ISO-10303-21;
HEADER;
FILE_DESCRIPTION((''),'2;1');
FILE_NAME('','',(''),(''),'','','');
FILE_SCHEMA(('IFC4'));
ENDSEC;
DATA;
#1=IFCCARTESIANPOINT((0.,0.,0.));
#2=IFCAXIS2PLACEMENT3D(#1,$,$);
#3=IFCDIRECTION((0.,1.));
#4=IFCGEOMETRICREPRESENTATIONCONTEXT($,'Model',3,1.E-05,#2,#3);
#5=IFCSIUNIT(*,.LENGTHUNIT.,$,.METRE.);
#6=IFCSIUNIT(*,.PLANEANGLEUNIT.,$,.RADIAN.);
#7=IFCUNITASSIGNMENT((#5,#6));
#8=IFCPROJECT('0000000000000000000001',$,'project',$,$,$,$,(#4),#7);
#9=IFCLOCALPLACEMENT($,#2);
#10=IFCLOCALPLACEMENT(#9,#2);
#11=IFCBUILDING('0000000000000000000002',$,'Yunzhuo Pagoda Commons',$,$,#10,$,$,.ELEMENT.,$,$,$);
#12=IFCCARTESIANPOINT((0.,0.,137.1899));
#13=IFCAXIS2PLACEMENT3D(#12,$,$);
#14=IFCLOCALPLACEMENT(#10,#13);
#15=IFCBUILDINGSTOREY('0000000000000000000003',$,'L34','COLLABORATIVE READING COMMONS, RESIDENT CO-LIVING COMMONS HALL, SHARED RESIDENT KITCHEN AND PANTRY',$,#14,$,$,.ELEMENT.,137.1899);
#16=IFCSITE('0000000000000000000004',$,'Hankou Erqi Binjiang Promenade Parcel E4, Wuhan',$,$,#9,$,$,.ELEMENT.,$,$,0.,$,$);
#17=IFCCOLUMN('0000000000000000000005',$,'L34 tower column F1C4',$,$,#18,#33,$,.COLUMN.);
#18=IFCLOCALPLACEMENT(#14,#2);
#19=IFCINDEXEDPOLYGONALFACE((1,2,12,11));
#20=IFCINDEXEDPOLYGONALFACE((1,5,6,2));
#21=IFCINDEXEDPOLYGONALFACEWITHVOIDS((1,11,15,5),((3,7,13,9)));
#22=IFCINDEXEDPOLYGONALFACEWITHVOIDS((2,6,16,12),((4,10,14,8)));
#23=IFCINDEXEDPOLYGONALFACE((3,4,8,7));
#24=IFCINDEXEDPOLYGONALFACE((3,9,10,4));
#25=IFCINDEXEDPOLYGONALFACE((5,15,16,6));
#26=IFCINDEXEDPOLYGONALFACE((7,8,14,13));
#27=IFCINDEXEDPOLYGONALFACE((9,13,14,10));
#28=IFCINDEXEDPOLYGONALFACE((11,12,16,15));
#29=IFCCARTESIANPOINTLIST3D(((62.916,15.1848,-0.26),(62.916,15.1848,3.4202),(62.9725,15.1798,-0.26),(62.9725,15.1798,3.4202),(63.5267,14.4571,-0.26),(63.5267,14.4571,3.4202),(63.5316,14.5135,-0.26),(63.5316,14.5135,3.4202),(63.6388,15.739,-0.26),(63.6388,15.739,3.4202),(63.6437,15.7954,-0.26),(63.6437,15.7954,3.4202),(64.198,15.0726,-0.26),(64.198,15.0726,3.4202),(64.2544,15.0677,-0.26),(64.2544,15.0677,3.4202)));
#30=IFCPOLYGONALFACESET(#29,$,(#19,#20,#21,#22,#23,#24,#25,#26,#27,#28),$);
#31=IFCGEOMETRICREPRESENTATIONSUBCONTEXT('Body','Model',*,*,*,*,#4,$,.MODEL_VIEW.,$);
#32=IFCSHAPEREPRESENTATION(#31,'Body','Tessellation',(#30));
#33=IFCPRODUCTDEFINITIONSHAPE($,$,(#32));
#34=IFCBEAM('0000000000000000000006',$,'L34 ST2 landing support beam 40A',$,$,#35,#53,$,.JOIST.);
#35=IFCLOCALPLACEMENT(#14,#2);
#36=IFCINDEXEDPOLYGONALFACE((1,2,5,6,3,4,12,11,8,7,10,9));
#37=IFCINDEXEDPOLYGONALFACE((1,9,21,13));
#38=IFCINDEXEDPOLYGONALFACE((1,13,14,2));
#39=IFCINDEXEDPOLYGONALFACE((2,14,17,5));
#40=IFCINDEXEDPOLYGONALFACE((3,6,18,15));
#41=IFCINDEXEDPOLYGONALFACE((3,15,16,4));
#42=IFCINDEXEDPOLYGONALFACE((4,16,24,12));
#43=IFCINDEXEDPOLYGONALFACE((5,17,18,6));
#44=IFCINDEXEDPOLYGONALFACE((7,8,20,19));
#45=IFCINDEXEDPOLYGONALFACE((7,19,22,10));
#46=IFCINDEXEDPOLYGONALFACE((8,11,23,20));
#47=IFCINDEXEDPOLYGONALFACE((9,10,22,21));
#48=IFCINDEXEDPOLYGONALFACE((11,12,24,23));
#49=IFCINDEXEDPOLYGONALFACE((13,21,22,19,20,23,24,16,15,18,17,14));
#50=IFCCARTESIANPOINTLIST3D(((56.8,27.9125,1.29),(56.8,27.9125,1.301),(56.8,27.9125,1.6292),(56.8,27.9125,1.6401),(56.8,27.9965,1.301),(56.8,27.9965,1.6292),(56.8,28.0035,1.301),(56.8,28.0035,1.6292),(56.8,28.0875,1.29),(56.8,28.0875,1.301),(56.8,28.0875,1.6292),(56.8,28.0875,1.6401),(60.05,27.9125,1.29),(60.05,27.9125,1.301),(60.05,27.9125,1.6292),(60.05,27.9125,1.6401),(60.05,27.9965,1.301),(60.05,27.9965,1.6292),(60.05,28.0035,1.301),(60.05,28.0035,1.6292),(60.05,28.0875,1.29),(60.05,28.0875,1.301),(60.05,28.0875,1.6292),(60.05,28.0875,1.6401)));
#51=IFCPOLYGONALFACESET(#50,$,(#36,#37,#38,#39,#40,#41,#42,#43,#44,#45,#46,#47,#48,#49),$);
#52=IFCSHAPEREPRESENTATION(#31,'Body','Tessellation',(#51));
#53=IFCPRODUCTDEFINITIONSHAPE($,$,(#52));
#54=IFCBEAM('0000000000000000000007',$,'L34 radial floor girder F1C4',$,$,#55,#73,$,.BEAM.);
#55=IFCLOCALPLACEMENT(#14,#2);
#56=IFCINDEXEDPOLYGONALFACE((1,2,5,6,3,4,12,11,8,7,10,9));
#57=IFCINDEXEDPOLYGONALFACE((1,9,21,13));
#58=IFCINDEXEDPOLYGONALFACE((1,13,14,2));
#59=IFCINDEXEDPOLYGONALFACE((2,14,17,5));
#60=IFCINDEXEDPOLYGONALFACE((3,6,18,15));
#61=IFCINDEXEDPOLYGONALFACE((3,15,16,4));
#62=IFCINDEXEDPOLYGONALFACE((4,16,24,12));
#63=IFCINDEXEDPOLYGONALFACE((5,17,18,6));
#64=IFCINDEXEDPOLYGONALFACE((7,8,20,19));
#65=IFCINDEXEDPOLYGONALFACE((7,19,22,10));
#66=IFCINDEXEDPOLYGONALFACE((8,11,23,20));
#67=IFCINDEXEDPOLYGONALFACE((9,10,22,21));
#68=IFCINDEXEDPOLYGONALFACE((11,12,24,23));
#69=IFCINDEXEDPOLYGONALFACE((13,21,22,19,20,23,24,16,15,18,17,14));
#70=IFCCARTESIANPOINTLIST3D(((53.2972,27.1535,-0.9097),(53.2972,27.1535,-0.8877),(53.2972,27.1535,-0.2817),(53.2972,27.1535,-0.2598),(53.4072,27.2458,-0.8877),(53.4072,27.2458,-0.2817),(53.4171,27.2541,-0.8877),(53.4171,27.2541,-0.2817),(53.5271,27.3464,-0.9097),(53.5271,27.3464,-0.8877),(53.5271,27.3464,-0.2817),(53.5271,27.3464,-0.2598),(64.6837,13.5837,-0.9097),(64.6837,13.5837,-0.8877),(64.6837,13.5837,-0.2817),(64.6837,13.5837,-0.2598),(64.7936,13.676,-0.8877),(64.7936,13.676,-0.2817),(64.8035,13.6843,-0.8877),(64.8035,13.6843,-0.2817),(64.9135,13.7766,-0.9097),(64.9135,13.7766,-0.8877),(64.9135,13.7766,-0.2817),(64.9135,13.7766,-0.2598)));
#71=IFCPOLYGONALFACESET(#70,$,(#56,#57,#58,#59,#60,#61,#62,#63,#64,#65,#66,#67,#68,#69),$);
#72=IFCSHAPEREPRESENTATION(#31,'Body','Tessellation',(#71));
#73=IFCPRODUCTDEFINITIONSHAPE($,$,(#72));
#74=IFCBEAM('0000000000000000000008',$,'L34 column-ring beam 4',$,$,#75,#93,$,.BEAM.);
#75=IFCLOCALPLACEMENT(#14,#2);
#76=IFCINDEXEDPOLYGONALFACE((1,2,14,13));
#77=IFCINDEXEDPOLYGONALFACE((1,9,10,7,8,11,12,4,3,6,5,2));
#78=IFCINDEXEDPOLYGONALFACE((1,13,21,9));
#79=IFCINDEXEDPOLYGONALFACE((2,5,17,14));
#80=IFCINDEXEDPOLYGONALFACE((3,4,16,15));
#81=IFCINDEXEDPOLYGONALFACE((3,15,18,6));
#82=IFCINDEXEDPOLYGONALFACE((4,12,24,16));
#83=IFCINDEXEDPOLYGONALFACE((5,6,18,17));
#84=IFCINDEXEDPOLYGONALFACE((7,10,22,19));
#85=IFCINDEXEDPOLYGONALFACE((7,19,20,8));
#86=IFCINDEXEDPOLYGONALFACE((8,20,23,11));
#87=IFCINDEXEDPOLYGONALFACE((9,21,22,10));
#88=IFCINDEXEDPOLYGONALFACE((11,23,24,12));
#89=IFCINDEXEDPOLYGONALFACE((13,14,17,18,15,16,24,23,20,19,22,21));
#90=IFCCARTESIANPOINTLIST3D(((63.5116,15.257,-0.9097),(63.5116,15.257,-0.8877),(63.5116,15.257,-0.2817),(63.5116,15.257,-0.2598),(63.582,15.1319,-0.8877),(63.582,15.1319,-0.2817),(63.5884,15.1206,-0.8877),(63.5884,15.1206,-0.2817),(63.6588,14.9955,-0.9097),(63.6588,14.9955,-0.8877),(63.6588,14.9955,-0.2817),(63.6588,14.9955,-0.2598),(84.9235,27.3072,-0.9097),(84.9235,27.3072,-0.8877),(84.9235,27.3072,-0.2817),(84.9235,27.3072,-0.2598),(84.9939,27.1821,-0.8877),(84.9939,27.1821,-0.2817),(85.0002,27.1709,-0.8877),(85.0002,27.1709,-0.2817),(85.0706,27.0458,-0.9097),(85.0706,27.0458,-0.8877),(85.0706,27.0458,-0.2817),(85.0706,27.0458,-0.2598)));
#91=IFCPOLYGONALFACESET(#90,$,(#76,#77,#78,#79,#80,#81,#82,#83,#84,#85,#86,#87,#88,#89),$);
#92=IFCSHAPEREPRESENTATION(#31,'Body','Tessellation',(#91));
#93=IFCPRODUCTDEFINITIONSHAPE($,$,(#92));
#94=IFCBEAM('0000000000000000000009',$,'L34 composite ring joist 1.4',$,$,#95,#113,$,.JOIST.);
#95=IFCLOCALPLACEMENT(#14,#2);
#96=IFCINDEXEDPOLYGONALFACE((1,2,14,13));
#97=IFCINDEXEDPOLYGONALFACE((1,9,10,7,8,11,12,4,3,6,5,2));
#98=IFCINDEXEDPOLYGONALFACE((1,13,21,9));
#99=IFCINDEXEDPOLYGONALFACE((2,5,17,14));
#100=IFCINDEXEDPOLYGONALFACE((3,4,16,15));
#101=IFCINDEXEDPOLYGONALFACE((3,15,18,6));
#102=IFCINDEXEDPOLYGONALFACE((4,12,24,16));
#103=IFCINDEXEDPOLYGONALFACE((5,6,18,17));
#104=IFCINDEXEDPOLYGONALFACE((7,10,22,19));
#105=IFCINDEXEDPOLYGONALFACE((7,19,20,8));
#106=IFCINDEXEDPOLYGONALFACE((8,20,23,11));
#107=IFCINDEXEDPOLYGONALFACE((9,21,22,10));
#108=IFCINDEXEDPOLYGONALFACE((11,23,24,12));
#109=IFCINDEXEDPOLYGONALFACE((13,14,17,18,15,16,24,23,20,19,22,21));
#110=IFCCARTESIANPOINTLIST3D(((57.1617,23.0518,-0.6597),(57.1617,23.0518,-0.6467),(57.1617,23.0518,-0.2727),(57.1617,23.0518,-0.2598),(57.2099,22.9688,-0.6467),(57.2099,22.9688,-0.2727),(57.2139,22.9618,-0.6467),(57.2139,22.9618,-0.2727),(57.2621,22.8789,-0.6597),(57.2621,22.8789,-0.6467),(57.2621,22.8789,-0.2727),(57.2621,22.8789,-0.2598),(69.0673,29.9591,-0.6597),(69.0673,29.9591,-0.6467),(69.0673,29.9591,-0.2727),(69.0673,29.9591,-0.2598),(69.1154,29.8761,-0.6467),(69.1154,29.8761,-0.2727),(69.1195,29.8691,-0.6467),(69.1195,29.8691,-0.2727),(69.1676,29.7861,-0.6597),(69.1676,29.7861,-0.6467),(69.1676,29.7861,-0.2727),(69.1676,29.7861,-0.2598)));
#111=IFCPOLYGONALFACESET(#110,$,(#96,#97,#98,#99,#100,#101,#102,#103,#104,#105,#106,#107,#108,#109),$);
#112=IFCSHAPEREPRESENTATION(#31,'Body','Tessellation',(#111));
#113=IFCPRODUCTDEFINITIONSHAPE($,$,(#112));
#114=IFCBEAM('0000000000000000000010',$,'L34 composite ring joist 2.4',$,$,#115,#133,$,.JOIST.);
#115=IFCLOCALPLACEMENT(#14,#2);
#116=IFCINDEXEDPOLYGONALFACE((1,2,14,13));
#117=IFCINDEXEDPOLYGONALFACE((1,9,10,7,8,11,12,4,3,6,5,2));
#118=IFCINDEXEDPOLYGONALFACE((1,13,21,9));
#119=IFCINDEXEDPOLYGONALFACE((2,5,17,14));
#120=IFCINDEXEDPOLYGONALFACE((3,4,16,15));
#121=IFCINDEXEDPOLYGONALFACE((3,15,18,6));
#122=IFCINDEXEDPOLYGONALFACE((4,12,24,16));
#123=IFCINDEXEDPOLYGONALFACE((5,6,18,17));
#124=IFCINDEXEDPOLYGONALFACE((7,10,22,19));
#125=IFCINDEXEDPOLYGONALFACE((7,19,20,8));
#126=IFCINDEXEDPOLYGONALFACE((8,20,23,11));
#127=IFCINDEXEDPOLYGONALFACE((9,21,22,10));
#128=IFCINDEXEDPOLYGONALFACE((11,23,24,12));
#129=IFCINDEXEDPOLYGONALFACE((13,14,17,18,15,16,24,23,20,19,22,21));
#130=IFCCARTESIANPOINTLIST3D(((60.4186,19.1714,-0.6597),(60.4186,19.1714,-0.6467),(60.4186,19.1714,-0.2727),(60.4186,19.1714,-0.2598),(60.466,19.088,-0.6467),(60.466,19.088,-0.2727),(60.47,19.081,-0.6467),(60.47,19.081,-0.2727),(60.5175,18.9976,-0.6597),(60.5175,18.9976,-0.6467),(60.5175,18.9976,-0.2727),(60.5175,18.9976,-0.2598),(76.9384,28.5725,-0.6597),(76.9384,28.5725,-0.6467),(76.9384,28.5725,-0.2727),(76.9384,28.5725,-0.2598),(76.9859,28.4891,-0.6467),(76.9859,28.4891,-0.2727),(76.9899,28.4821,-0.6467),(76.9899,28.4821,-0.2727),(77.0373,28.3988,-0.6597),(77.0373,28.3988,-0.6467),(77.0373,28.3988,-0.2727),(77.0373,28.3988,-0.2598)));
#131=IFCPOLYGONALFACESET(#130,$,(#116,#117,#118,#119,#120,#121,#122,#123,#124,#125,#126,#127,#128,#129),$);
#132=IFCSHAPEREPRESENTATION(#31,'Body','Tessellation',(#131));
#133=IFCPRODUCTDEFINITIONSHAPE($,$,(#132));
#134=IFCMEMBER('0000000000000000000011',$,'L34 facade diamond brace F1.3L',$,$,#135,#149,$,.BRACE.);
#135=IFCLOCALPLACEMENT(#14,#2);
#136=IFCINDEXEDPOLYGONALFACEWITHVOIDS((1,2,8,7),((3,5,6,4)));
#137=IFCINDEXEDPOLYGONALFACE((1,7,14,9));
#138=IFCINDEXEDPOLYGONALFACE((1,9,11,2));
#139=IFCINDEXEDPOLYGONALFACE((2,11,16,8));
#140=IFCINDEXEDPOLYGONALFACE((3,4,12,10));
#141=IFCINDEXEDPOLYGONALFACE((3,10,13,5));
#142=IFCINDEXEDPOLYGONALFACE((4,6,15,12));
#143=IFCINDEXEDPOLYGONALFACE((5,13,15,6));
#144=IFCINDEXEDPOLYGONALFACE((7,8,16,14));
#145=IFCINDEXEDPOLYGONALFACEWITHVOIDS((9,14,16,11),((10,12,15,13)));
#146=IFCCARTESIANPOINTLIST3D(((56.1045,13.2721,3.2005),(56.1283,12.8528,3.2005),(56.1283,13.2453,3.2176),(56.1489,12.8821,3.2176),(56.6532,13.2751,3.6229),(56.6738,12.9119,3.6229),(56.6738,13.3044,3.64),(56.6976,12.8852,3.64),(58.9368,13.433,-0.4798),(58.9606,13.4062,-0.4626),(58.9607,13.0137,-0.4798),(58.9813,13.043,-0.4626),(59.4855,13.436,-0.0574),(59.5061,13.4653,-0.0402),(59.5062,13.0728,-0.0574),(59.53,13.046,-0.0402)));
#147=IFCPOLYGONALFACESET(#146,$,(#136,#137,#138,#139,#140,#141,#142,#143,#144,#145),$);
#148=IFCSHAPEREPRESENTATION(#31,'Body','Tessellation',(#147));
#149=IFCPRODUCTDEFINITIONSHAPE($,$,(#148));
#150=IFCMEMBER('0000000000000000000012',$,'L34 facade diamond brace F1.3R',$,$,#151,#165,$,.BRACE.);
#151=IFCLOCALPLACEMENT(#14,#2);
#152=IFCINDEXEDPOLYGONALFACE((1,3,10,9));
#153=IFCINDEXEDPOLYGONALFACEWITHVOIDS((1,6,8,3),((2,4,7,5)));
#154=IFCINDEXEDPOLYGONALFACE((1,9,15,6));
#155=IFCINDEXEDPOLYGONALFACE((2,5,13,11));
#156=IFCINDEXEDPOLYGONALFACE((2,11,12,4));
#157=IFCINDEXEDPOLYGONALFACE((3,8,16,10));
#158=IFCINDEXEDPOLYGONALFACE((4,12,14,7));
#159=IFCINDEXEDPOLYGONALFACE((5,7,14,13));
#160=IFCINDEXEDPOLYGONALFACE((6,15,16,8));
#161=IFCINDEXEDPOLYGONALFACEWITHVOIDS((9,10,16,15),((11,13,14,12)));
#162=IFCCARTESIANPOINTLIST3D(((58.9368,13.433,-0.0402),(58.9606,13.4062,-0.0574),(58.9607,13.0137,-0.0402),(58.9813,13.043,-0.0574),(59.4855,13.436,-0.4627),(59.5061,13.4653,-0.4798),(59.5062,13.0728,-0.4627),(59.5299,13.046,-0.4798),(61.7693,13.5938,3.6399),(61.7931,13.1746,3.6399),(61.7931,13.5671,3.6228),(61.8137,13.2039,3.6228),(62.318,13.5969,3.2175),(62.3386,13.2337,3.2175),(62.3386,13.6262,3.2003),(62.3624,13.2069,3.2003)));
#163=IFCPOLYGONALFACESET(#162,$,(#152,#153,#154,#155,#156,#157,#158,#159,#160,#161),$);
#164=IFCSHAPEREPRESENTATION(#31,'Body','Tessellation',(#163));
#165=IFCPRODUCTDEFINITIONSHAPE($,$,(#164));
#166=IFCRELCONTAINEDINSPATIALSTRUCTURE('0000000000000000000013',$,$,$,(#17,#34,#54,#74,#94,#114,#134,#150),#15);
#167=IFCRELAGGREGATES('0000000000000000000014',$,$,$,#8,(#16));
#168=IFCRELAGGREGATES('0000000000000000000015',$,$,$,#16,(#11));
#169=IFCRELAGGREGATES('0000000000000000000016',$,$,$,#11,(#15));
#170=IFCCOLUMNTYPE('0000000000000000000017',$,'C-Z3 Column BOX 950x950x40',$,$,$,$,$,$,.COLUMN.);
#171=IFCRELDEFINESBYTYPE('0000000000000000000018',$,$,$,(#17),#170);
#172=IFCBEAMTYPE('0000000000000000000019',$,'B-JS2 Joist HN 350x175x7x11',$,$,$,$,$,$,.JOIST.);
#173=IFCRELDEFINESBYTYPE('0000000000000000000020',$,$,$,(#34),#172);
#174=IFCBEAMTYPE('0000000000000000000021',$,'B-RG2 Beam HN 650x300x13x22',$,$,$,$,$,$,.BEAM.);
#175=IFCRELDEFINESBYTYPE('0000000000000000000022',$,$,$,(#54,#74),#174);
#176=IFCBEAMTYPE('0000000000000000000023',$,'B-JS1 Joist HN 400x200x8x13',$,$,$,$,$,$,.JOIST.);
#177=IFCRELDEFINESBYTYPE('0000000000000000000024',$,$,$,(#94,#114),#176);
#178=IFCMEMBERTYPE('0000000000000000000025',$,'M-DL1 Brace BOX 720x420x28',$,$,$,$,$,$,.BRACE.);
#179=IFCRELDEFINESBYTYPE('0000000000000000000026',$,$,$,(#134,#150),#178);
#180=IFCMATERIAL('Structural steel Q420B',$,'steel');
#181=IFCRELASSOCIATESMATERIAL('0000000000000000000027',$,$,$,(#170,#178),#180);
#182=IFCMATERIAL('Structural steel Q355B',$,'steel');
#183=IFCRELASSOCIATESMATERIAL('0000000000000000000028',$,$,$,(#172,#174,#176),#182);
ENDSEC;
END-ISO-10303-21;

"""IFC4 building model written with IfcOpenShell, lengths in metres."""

from ifc_helpers import new_model, si_unit, direction, frame, origin, origin_2d, place, context, subcontext, project, spatial, hollow_rectangle, i_section, extrude, source, transform, mapped, material, material_profile, profile_set, type_object, element, save


model = new_model("IFC4")

# Units and contexts
model_context = context("Model", 3, precision=1e-05, world=origin(), true_north=direction((0.0, 1.0)))
body_context = subcontext(model_context, "Body", "Model", "MODEL_VIEW")
ifc_project = project(units=[si_unit("LENGTHUNIT", "METRE"), si_unit("PLANEANGLEUNIT", "RADIAN")], contexts=[model_context])

# Site, building, storey
site_placement = place(None, origin())
site = spatial("IfcSite", under=ifc_project, at=site_placement, Name="Hankou Erqi Binjiang Promenade Parcel E4, Wuhan", CompositionType="ELEMENT", RefElevation=0.0)
building_placement = place(site_placement, origin())
building = spatial("IfcBuilding", under=site, at=building_placement, Name="Yunzhuo Pagoda Commons", CompositionType="ELEMENT")
storey_placement = place(building_placement, frame((0.0, 0.0, 137.1899)))
storey = spatial("IfcBuildingStorey", under=building, at=storey_placement, Name="L34", Description="COLLABORATIVE READING COMMONS, RESIDENT CO-LIVING COMMONS HALL, SHARED RESIDENT KITCHEN AND PANTRY", CompositionType="ELEMENT", Elevation=137.1899)

# Column
ifc_material_1 = material(Name="Structural steel Q420B", Category="steel")
ifc_material_profile_1 = material_profile(ifc_material_1, hollow_rectangle(XDim=0.95, YDim=0.95, WallThickness=0.04, at=origin_2d()), Name="Structural steel Q420B")
ifc_profile_set_1 = profile_set([ifc_material_profile_1], Name="Structural steel Q420B")
column_type = type_object("IfcColumnType", Name="C-Z3 Column BOX 950x950x40", PredefinedType="COLUMN", material=ifc_profile_set_1)
shared_shape_1 = source(origin(), body_context, "Body", "SweptSolid", [
    extrude(hollow_rectangle(XDim=0.95, YDim=0.95, WallThickness=0.04, at=origin_2d()), origin(), (0.0, 0.0, 1.0), 3.6802),
])
column_placement = place(storey_placement, frame((63.5852, 15.1262, -0.26), z_axis=(0.0, 0.0, 1.0), x_axis=(0.766044, 0.642788, 0.0)))
element("IfcColumn", 1, at=column_placement, inside=storey, type_object=column_type, Name="L34 tower column F1C4", PredefinedType="COLUMN", context=body_context, shape_type="MappedRepresentation", body=[
    mapped(shared_shape_1, transform((0.0, 0.0, 0.0), scale=1.0)),
])

# Beams
ifc_material_2 = material(Name="Structural steel Q355B", Category="steel")
ifc_material_profile_2 = material_profile(ifc_material_2, i_section(OverallWidth=0.175, OverallDepth=0.3501, WebThickness=0.0071, FlangeThickness=0.011, at=origin_2d()), Name="Structural steel Q355B")
ifc_profile_set_2 = profile_set([ifc_material_profile_2], Name="Structural steel Q355B")
beam_type_1 = type_object("IfcBeamType", Name="B-JS2 Joist HN 350x175x7x11", PredefinedType="JOIST", material=ifc_profile_set_2)
shared_shape_2 = source(origin(), body_context, "Body", "SweptSolid", [
    extrude(i_section(OverallWidth=0.175, OverallDepth=0.3501, WebThickness=0.0071, FlangeThickness=0.011, at=origin_2d()), origin(), (0.0, 0.0, 1.0), 3.25),
])
beam_1_placement = place(storey_placement, frame((56.8, 28.0, 1.4651), z_axis=(1.0, 0.0, 0.0), x_axis=(0.0, 1.0, 0.0)))
element("IfcBeam", 2, at=beam_1_placement, inside=storey, type_object=beam_type_1, Name="L34 ST2 landing support beam 40A", PredefinedType="JOIST", context=body_context, shape_type="MappedRepresentation", body=[
    mapped(shared_shape_2, transform((0.0, 0.0, 0.0), scale=1.0)),
])
ifc_material_profile_3 = material_profile(ifc_material_2, i_section(OverallWidth=0.3, OverallDepth=0.6499, WebThickness=0.0129, FlangeThickness=0.022, at=origin_2d()), Name="Structural steel Q355B")
ifc_profile_set_3 = profile_set([ifc_material_profile_3], Name="Structural steel Q355B")
beam_type_2 = type_object("IfcBeamType", Name="B-RG2 Beam HN 650x300x13x22", PredefinedType="BEAM", material=ifc_profile_set_3)
shared_shape_3 = source(origin(), body_context, "Body", "SweptSolid", [
    extrude(i_section(OverallWidth=0.3, OverallDepth=0.6499, WebThickness=0.0129, FlangeThickness=0.022, at=origin_2d()), origin(), (0.0, 0.0, 1.0), 17.7141),
])
beam_2_placement = place(storey_placement, frame((64.7986, 13.6802, -0.5847), z_axis=(-0.642789, 0.766043, 0.0), x_axis=(-0.766043, -0.642789, 0.0)))
element("IfcBeam", 3, at=beam_2_placement, inside=storey, type_object=beam_type_2, Name="L34 radial floor girder F1C4", PredefinedType="BEAM", context=body_context, shape_type="MappedRepresentation", body=[
    mapped(shared_shape_3, transform((0.0, 0.0, 0.0), scale=1.0)),
])
shared_shape_4 = source(origin(), body_context, "Body", "SweptSolid", [
    extrude(i_section(OverallWidth=0.3, OverallDepth=0.6499, WebThickness=0.0129, FlangeThickness=0.022, at=origin_2d()), origin(), (0.0, 0.0, 1.0), 24.5698),
])
beam_3_placement = place(storey_placement, frame((63.5852, 15.1262, -0.5847), z_axis=(0.871469, 0.49045, 0.0), x_axis=(-0.49045, 0.871469, 0.0)))
element("IfcBeam", 4, at=beam_3_placement, inside=storey, type_object=beam_type_2, Name="L34 column-ring beam 4", PredefinedType="BEAM", context=body_context, shape_type="MappedRepresentation", body=[
    mapped(shared_shape_4, transform((0.0, 0.0, 0.0), scale=1.0)),
])
ifc_material_profile_4 = material_profile(ifc_material_2, i_section(OverallWidth=0.2, OverallDepth=0.3999, WebThickness=0.0081, FlangeThickness=0.0129, at=origin_2d()), Name="Structural steel Q355B")
ifc_profile_set_4 = profile_set([ifc_material_profile_4], Name="Structural steel Q355B")
beam_type_3 = type_object("IfcBeamType", Name="B-JS1 Joist HN 400x200x8x13", PredefinedType="JOIST", material=ifc_profile_set_4)
shared_shape_5 = source(origin(), body_context, "Body", "SweptSolid", [
    extrude(i_section(OverallWidth=0.2, OverallDepth=0.3999, WebThickness=0.0081, FlangeThickness=0.0129, at=origin_2d()), origin(), (0.0, 0.0, 1.0), 13.7642),
])
beam_4_placement = place(storey_placement, frame((57.2119, 22.9653, -0.4597), z_axis=(0.864967, 0.501828, 0.0), x_axis=(-0.501828, 0.864967, 0.0)))
element("IfcBeam", 5, at=beam_4_placement, inside=storey, type_object=beam_type_3, Name="L34 composite ring joist 1.4", PredefinedType="JOIST", context=body_context, shape_type="MappedRepresentation", body=[
    mapped(shared_shape_5, transform((0.0, 0.0, 0.0), scale=1.0)),
])
shared_shape_6 = source(origin(), body_context, "Body", "SweptSolid", [
    extrude(i_section(OverallWidth=0.2, OverallDepth=0.3999, WebThickness=0.0081, FlangeThickness=0.0129, at=origin_2d()), origin(), (0.0, 0.0, 1.0), 19.0076),
])
beam_5_placement = place(storey_placement, frame((60.468, 19.0845, -0.4597), z_axis=(0.86912, 0.494601, 0.0), x_axis=(-0.494601, 0.86912, 0.0)))
element("IfcBeam", 6, at=beam_5_placement, inside=storey, type_object=beam_type_3, Name="L34 composite ring joist 2.4", PredefinedType="JOIST", context=body_context, shape_type="MappedRepresentation", body=[
    mapped(shared_shape_6, transform((0.0, 0.0, 0.0), scale=1.0)),
])

# Members
ifc_material_profile_5 = material_profile(ifc_material_1, hollow_rectangle(XDim=0.4199, YDim=0.72, WallThickness=0.0281, at=origin_2d()), Name="Structural steel Q420B")
ifc_profile_set_5 = profile_set([ifc_material_profile_5], Name="Structural steel Q420B")
member_type_1 = type_object("IfcMemberType", Name="M-DL1 Brace BOX 720x420x28", PredefinedType="BRACE", material=ifc_profile_set_5)
shared_shape_7 = source(origin(), body_context, "Body", "SweptSolid", [
    extrude(hollow_rectangle(XDim=0.4199, YDim=0.72, WallThickness=0.0281, at=origin_2d()), origin(), (0.0, 0.0, 1.0), 4.6467),
])
for number, where, z_axis, x_axis, name in (
    (7, (59.2334, 13.2395, -0.26), (-0.609531, -0.034625, 0.792006), (0.056714, -0.99839, 0.0), "L34 facade diamond brace F1.3L"),
    (8, (59.2334, 13.2395, -0.26), (0.609564, 0.034624, 0.791981), (-0.056709, 0.998391, 0.0), "L34 facade diamond brace F1.3R"),
):
    element("IfcMember", number, at=place(storey_placement, frame(where, z_axis=z_axis, x_axis=x_axis)), inside=storey, type_object=member_type_1, Name=name, PredefinedType="BRACE", context=body_context, shape_type="MappedRepresentation", body=[
        mapped(shared_shape_7, transform((0.0, 0.0, 0.0), scale=1.0)),
    ])

save(model, "model.ifc")
